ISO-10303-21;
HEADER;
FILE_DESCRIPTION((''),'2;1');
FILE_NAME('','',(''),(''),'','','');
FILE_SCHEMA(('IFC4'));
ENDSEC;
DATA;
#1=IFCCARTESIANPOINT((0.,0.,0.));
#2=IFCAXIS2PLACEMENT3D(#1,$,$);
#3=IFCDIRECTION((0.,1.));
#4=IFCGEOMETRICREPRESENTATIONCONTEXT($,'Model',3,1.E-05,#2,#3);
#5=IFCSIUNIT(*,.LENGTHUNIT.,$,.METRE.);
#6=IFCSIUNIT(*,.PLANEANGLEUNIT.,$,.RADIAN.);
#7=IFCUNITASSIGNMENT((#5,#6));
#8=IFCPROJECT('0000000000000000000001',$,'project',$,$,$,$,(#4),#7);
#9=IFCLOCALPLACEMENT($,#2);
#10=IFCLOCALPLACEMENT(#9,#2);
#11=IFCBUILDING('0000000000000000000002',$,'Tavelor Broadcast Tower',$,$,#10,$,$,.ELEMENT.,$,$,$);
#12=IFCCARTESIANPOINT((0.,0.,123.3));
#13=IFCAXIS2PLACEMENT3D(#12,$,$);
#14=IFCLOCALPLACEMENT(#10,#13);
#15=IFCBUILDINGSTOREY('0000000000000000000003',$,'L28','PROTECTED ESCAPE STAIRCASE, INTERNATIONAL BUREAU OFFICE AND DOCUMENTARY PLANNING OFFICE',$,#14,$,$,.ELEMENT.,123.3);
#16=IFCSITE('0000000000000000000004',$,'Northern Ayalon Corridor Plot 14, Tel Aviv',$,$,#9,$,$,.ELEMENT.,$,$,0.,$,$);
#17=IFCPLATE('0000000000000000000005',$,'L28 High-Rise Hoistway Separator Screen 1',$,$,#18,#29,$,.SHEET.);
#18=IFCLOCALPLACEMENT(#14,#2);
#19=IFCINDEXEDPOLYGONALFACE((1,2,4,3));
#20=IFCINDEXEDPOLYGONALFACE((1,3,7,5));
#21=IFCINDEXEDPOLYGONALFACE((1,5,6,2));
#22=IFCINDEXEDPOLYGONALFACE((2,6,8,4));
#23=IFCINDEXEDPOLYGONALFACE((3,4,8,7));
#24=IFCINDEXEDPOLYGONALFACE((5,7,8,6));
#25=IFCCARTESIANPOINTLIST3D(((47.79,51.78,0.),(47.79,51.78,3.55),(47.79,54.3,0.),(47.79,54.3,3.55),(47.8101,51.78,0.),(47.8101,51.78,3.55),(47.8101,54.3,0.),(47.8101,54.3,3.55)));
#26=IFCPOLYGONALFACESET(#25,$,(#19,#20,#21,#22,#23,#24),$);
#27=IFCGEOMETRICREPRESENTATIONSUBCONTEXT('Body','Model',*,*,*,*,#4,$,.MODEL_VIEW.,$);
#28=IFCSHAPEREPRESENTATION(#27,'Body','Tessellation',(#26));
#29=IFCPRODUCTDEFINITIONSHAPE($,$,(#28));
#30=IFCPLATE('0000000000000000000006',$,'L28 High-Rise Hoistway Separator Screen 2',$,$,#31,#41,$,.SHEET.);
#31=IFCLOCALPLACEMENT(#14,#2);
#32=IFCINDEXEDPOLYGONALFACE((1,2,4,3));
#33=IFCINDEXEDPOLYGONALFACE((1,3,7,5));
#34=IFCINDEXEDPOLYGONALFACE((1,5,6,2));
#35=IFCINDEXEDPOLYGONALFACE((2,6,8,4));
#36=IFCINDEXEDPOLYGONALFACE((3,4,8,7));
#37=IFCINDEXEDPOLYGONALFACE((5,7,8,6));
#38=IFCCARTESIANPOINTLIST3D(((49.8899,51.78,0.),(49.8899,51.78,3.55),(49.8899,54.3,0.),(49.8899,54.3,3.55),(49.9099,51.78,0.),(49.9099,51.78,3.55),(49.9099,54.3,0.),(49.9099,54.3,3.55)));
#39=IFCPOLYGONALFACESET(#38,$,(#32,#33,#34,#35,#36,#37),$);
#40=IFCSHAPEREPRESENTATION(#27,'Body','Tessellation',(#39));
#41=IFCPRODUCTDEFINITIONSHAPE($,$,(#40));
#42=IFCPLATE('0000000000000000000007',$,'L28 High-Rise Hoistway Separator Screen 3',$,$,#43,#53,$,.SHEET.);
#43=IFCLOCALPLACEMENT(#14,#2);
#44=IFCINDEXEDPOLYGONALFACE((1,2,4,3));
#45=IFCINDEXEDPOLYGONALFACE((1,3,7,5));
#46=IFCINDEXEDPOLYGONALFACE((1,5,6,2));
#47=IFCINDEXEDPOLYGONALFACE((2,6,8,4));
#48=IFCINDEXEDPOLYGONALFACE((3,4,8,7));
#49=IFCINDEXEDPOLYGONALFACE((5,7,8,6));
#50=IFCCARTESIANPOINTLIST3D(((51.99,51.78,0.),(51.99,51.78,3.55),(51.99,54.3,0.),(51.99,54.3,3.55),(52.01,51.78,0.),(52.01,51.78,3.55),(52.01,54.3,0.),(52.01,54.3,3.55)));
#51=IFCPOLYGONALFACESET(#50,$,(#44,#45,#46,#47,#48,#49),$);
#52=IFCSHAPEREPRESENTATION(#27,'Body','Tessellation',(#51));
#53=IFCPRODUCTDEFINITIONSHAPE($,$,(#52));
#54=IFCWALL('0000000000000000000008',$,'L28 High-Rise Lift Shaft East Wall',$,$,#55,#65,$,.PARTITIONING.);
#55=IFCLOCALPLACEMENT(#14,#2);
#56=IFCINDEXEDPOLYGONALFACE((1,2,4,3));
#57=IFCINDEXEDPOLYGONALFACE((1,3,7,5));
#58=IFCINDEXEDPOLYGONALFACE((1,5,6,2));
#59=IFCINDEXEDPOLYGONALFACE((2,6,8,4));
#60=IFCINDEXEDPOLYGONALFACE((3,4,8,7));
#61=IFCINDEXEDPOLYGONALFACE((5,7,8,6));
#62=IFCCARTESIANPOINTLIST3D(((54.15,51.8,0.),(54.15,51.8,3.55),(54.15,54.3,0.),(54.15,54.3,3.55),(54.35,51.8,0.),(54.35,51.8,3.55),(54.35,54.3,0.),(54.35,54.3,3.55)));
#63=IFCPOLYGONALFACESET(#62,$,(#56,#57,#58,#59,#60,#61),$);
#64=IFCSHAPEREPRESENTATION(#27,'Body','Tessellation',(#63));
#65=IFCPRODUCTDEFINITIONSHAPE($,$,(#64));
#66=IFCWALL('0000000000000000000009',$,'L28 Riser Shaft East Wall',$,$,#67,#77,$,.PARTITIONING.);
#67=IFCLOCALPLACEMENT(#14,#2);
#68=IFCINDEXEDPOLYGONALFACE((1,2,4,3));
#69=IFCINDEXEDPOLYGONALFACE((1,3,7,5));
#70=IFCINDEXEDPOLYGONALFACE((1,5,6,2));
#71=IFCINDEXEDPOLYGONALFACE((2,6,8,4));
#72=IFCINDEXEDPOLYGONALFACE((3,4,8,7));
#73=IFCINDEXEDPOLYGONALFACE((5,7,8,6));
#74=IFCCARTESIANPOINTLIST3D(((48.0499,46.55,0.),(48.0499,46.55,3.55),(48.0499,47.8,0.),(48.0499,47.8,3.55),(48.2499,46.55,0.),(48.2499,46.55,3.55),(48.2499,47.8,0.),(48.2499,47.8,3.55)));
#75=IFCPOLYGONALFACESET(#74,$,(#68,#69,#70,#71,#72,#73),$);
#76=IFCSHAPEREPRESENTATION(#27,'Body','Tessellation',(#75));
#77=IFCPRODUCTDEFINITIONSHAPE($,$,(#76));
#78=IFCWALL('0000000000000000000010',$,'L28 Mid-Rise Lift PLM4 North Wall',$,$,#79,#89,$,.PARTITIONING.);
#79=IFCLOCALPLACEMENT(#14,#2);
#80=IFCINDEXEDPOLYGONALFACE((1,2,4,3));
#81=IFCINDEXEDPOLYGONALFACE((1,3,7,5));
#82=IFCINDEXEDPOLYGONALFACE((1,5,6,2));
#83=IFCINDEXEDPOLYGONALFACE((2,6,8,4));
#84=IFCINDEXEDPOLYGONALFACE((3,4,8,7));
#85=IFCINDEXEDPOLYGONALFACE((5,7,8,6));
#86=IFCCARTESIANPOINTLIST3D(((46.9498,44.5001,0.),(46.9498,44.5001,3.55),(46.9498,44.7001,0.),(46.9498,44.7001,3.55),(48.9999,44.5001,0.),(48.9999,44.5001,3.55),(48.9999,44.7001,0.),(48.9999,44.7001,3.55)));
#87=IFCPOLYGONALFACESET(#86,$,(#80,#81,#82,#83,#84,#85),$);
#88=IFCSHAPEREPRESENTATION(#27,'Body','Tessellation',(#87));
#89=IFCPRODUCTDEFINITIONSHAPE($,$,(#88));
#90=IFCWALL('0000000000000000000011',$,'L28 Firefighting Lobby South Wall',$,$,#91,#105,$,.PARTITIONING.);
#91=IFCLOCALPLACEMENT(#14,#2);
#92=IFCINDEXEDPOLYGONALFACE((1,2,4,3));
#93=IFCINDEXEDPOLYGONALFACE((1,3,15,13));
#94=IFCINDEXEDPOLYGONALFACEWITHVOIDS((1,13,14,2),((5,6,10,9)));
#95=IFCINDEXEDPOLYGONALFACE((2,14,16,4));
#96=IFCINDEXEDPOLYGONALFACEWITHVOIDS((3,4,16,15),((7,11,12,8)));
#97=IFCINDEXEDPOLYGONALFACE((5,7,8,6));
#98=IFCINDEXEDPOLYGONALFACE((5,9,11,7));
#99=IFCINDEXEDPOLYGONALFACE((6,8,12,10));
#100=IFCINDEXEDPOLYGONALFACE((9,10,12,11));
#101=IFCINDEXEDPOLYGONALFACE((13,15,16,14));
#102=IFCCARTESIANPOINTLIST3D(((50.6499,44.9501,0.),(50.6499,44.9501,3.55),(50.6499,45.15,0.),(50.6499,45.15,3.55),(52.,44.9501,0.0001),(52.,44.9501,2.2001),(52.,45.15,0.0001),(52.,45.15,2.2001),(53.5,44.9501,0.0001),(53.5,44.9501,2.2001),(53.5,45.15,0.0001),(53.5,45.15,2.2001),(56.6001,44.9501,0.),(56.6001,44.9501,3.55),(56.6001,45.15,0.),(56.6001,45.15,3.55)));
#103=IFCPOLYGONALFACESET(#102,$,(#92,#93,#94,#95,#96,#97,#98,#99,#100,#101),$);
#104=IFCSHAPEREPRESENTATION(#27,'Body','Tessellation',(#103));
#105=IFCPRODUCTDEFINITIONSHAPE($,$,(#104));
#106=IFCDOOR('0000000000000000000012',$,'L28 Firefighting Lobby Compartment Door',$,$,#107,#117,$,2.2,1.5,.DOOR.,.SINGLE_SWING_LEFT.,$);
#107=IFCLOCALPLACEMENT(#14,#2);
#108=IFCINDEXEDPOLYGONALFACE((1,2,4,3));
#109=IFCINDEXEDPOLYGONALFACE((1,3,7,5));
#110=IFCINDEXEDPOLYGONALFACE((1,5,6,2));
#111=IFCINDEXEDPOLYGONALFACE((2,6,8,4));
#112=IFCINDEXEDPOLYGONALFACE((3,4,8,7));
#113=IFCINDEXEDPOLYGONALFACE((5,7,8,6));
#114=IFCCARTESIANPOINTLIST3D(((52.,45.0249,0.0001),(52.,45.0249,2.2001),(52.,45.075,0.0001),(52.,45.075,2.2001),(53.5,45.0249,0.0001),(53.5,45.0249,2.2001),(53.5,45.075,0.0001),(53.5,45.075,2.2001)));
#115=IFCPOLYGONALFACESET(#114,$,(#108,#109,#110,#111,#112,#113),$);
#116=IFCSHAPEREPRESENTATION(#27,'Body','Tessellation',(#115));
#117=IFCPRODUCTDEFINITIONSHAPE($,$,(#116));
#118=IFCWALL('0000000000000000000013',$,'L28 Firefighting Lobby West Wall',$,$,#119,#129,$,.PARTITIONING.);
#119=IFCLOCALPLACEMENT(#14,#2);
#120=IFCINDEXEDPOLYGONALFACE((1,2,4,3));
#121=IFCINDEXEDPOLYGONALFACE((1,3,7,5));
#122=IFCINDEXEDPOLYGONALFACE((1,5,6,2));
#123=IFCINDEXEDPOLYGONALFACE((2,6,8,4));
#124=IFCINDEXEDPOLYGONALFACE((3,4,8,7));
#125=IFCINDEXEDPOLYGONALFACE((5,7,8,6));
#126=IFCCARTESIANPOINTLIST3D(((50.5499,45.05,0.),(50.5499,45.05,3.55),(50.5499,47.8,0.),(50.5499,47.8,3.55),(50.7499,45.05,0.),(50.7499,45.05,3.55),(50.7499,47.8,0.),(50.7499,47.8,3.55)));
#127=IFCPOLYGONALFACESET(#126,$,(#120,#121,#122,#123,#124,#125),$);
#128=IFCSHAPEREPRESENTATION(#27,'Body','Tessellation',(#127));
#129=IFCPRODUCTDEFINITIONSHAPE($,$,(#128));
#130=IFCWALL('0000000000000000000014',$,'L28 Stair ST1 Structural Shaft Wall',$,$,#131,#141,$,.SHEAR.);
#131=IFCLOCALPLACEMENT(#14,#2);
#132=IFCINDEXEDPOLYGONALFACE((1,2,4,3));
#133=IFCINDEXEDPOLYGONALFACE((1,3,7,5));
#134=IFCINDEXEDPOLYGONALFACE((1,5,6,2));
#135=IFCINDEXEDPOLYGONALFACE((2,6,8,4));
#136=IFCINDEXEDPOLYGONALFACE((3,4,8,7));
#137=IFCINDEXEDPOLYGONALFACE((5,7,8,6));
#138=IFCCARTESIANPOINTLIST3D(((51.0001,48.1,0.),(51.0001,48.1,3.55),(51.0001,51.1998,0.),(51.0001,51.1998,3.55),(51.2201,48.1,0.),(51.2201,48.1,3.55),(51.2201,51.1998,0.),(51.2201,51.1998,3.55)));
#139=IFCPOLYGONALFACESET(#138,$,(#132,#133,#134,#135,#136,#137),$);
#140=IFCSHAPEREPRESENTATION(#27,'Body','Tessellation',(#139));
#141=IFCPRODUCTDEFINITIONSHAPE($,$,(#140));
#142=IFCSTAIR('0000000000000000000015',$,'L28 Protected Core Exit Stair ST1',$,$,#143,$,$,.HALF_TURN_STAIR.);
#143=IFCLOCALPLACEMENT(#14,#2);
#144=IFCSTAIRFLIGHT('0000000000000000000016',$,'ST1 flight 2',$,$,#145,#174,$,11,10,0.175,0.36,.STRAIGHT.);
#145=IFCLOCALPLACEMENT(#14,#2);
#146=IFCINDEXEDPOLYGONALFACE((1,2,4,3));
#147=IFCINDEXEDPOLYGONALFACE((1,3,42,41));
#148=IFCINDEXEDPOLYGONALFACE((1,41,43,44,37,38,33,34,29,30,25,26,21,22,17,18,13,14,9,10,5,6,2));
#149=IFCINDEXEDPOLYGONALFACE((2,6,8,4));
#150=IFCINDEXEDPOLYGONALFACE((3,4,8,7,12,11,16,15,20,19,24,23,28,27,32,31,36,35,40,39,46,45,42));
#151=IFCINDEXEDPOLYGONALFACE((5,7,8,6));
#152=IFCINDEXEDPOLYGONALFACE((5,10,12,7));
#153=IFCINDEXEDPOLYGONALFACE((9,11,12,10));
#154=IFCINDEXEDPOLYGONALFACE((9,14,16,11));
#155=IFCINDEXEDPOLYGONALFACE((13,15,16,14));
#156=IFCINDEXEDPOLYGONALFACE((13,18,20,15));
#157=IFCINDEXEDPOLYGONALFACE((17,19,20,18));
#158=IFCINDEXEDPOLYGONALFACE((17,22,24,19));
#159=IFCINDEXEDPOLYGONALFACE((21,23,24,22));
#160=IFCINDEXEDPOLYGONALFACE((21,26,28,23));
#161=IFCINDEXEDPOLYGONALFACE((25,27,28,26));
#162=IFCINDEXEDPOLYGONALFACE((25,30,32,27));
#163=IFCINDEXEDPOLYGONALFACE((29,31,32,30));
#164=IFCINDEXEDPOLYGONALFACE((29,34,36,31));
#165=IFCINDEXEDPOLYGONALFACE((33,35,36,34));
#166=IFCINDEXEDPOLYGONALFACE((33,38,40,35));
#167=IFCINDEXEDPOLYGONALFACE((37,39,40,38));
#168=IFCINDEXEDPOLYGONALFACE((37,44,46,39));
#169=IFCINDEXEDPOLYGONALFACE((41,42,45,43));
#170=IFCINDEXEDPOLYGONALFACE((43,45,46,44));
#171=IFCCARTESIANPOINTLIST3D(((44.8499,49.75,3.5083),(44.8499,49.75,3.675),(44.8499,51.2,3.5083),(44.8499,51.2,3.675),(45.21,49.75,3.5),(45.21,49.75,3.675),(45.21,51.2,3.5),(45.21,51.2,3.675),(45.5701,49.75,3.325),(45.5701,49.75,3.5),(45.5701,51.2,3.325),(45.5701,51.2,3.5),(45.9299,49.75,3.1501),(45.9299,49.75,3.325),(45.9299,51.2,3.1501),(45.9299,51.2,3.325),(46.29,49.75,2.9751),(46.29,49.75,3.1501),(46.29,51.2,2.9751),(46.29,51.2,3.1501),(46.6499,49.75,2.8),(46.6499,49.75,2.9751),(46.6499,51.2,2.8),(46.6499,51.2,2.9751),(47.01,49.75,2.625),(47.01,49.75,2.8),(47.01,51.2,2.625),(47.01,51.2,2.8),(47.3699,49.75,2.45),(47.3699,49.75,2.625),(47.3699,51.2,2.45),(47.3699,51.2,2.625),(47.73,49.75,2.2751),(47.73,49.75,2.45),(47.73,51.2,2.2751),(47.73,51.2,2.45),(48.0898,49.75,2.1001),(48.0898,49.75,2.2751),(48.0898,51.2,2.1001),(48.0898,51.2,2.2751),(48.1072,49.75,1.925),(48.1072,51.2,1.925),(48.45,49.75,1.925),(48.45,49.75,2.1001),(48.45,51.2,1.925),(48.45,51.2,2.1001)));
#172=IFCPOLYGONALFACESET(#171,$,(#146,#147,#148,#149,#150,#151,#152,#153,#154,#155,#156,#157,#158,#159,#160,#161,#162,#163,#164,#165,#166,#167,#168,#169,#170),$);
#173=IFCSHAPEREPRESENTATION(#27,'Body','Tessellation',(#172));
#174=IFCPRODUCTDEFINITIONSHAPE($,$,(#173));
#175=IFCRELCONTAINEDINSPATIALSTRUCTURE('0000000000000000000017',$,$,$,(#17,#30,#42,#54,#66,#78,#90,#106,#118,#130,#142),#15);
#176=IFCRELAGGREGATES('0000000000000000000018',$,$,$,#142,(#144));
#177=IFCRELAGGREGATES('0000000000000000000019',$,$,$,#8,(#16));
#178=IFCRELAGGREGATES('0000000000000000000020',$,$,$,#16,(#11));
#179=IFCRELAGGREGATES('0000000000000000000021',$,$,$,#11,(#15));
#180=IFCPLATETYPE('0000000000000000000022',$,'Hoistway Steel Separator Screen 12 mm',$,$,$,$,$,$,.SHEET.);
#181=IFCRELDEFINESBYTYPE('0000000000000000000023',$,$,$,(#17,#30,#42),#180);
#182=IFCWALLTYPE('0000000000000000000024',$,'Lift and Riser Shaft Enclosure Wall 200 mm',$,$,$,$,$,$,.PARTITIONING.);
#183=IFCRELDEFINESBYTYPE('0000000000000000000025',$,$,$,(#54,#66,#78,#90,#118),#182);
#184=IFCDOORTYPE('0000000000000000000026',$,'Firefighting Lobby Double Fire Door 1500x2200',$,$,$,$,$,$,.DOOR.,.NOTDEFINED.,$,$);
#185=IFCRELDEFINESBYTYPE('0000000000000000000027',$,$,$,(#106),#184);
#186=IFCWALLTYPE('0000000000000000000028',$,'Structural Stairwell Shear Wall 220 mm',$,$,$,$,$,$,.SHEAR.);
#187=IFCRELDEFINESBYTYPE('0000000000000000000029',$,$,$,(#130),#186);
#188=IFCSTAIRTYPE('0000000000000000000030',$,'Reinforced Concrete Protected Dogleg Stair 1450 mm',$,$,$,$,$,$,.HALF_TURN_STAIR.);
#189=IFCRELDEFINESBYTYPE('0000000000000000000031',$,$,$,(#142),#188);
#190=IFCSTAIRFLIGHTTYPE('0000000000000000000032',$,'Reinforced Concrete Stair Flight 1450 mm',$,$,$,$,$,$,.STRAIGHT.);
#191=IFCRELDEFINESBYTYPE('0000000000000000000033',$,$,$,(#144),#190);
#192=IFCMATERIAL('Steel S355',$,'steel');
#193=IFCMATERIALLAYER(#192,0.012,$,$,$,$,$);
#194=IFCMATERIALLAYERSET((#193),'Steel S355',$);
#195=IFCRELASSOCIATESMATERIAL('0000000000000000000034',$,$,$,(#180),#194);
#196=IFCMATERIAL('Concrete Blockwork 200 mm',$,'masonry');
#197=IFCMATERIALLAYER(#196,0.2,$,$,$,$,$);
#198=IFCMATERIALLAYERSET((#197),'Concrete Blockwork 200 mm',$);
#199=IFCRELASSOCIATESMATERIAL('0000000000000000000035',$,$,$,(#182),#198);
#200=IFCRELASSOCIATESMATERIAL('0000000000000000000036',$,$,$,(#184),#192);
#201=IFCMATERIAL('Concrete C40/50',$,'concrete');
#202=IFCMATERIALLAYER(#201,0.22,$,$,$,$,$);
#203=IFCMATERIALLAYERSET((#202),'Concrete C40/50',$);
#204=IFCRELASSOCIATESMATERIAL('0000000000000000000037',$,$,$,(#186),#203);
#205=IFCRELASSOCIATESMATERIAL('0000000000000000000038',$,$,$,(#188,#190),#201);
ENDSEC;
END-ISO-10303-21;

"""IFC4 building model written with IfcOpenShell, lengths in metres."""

from ifc_helpers import new_model, si_unit, direction, frame, frame_2d, origin, origin_2d, place, context, subcontext, project, spatial, polyline, rectangle, outline, extrude, source, transform, mapped, material, layer, layer_set, type_object, type_shapes, element, fill, aggregate, save


model = new_model("IFC4")

# Units and contexts
model_context = context("Model", 3, precision=1e-05, world=origin(), true_north=direction((0.0, 1.0)))
body_context = subcontext(model_context, "Body", "Model", "MODEL_VIEW")
ifc_project = project(units=[si_unit("LENGTHUNIT", "METRE"), si_unit("PLANEANGLEUNIT", "RADIAN")], contexts=[model_context])

# Site, building, storey
site_placement = place(None, origin())
site = spatial("IfcSite", under=ifc_project, at=site_placement, Name="Northern Ayalon Corridor Plot 14, Tel Aviv", CompositionType="ELEMENT", RefElevation=0.0)
building_placement = place(site_placement, origin())
building = spatial("IfcBuilding", under=site, at=building_placement, Name="Tavelor Broadcast Tower", CompositionType="ELEMENT")
storey_placement = place(building_placement, frame((0.0, 0.0, 123.3)))
storey = spatial("IfcBuildingStorey", under=building, at=storey_placement, Name="L28", Description="PROTECTED ESCAPE STAIRCASE, INTERNATIONAL BUREAU OFFICE AND DOCUMENTARY PLANNING OFFICE", CompositionType="ELEMENT", Elevation=123.3)

# Shared definitions
ifc_material_1 = material(Name="Concrete C40/50", Category="concrete")
ifc_material_2 = material(Name="Steel S355", Category="steel")

# Plates
ifc_layer_1 = layer(ifc_material_2, 0.012)
ifc_layer_set_1 = layer_set([ifc_layer_1], Name="Steel S355")
plate_type = type_object("IfcPlateType", Name="Hoistway Steel Separator Screen 12 mm", PredefinedType="SHEET", material=ifc_layer_set_1)
shared_shape = source(origin(), body_context, "Body", "SweptSolid", [
    extrude(rectangle(XDim=0.02, YDim=2.52, at=origin_2d()), origin(), (0.0, 0.0, 1.0), 3.55),
])
type_shapes(plate_type, [shared_shape])
for number, where, z_axis, x_axis, name in (
    (1, (47.8, 53.04, 0.0), (0.0, 0.0, 1.0), (1.0, 0.0, 0.0), "L28 High-Rise Hoistway Separator Screen 1"),
    (2, (49.8999, 53.04, 0.0), (0.0, 0.0, 1.0), (1.0, 0.0, 0.0), "L28 High-Rise Hoistway Separator Screen 2"),
    (3, (52.0, 53.04, 0.0), (0.0, 0.0, 1.0), (1.0, 0.0, 0.0), "L28 High-Rise Hoistway Separator Screen 3"),
):
    element("IfcPlate", number, at=place(storey_placement, frame(where, z_axis=z_axis, x_axis=x_axis)), inside=storey, type_object=plate_type, Name=name, PredefinedType="SHEET", context=body_context, shape_type="MappedRepresentation", body=[
        mapped(shared_shape, transform((0.0, 0.0, 0.0), scale=1.0)),
    ])

# Walls
ifc_material_3 = material(Name="Concrete Blockwork 200 mm", Category="masonry")
ifc_layer_2 = layer(ifc_material_3, 0.2)
ifc_layer_set_2 = layer_set([ifc_layer_2], Name="Concrete Blockwork 200 mm")
wall_type_1 = type_object("IfcWallType", Name="Lift and Riser Shaft Enclosure Wall 200 mm", PredefinedType="PARTITIONING", material=ifc_layer_set_2)
wall_1_placement = place(storey_placement, frame((54.25, 51.8, 0.0), z_axis=(0.0, 0.0, 1.0), x_axis=(0.0, 1.0, 0.0)))
element("IfcWall", 4, at=wall_1_placement, inside=storey, type_object=wall_type_1, Name="L28 High-Rise Lift Shaft East Wall", PredefinedType="PARTITIONING", context=body_context, shape_type="SweptSolid", body=[
    extrude(rectangle(XDim=2.5, YDim=0.2, at=frame_2d((1.25, 0.0))), origin(), (0.0, 0.0, 1.0), 3.55),
])
wall_2_placement = place(storey_placement, frame((48.1499, 46.55, 0.0), z_axis=(0.0, 0.0, 1.0), x_axis=(0.0, 1.0, 0.0)))
element("IfcWall", 5, at=wall_2_placement, inside=storey, type_object=wall_type_1, Name="L28 Riser Shaft East Wall", PredefinedType="PARTITIONING", context=body_context, shape_type="SweptSolid", body=[
    extrude(rectangle(XDim=1.25, YDim=0.2, at=frame_2d((0.625, 0.0))), origin(), (0.0, 0.0, 1.0), 3.55),
])
wall_3_placement = place(storey_placement, frame((46.95, 44.6001, 0.0), z_axis=(0.0, 0.0, 1.0), x_axis=(1.0, 0.0, 0.0)))
element("IfcWall", 6, at=wall_3_placement, inside=storey, type_object=wall_type_1, Name="L28 Mid-Rise Lift PLM4 North Wall", PredefinedType="PARTITIONING", context=body_context, shape_type="SweptSolid", body=[
    extrude(rectangle(XDim=2.05, YDim=0.2, at=frame_2d((1.0249, 0.0))), origin(), (0.0, 0.0, 1.0), 3.55),
])

# Wall, opening, door
wall_4_placement = place(storey_placement, frame((50.6499, 45.05, 0.0), z_axis=(0.0, 0.0, 1.0), x_axis=(1.0, 0.0, 0.0)))
wall_4 = element("IfcWall", 7, at=wall_4_placement, inside=storey, type_object=wall_type_1, Name="L28 Firefighting Lobby South Wall", PredefinedType="PARTITIONING", context=body_context, shape_type="SweptSolid", body=[
    extrude(rectangle(XDim=5.9502, YDim=0.2, at=frame_2d((2.9751, 0.0))), origin(), (0.0, 0.0, 1.0), 3.55),
])
opening_placement = place(wall_4_placement, frame((1.3501, 0.0, 0.0)))
opening = element("IfcOpeningElement", 8, at=opening_placement, cuts=wall_4, PredefinedType="OPENING", context=body_context, shape_type="SweptSolid", body=[
    extrude(rectangle(XDim=1.5, YDim=2.2, at=frame_2d((0.75, 1.1001))), frame((0.0, 0.1099, 0.0), z_axis=(0.0, -1.0, 0.0), x_axis=(1.0, 0.0, 0.0)), (0.0, 0.0, 1.0), 0.22),
])
door_type = type_object("IfcDoorType", Name="Firefighting Lobby Double Fire Door 1500x2200", OperationType="NOTDEFINED", PredefinedType="DOOR", material=ifc_material_2)
door_placement = place(opening_placement, origin())
door = element("IfcDoor", 9, at=door_placement, inside=storey, type_object=door_type, Name="L28 Firefighting Lobby Compartment Door", OperationType="SINGLE_SWING_LEFT", OverallHeight=2.2, OverallWidth=1.5, PredefinedType="DOOR", context=body_context, shape_type="SweptSolid", body=[
    extrude(rectangle(XDim=1.5, YDim=2.2, at=frame_2d((0.75, 1.1001))), frame((0.0, 0.0249, 0.0), z_axis=(0.0, -1.0, 0.0), x_axis=(1.0, 0.0, 0.0)), (0.0, 0.0, 1.0), 0.05),
])
fill(opening, door)

# Walls
wall_5_placement = place(storey_placement, frame((50.6499, 45.05, 0.0), z_axis=(0.0, 0.0, 1.0), x_axis=(0.0, 1.0, 0.0)))
element("IfcWall", 10, at=wall_5_placement, inside=storey, type_object=wall_type_1, Name="L28 Firefighting Lobby West Wall", PredefinedType="PARTITIONING", context=body_context, shape_type="SweptSolid", body=[
    extrude(rectangle(XDim=2.75, YDim=0.2, at=frame_2d((1.375, 0.0))), origin(), (0.0, 0.0, 1.0), 3.55),
])
ifc_layer_3 = layer(ifc_material_1, 0.22)
ifc_layer_set_3 = layer_set([ifc_layer_3], Name="Concrete C40/50")
wall_type_2 = type_object("IfcWallType", Name="Structural Stairwell Shear Wall 220 mm", PredefinedType="SHEAR", material=ifc_layer_set_3)
wall_6_placement = place(storey_placement, frame((51.1101, 48.1001, 0.0), z_axis=(0.0, 0.0, 1.0), x_axis=(0.0, 1.0, 0.0)))
element("IfcWall", 11, at=wall_6_placement, inside=storey, type_object=wall_type_2, Name="L28 Stair ST1 Structural Shaft Wall", PredefinedType="SHEAR", context=body_context, shape_type="SweptSolid", body=[
    extrude(rectangle(XDim=3.0999, YDim=0.22, at=frame_2d((1.5498, 0.0))), origin(), (0.0, 0.0, 1.0), 3.55),
])

# Stair, stair flight
stair_type = type_object("IfcStairType", Name="Reinforced Concrete Protected Dogleg Stair 1450 mm", PredefinedType="HALF_TURN_STAIR", material=ifc_material_1)
stair_placement = place(storey_placement, origin())
stair = element("IfcStair", 12, at=stair_placement, inside=storey, type_object=stair_type, Name="L28 Protected Core Exit Stair ST1", PredefinedType="HALF_TURN_STAIR")
stair_flight_type = type_object("IfcStairFlightType", Name="Reinforced Concrete Stair Flight 1450 mm", PredefinedType="STRAIGHT", material=ifc_material_1)
stair_flight_placement = place(storey_placement, frame((48.45, 50.4751, 1.925), z_axis=(0.0, 0.0, 1.0), x_axis=(-1.0, 0.0, 0.0)))
stair_flight = element("IfcStairFlight", 13, at=stair_flight_placement, type_object=stair_flight_type, Name="ST1 flight 2", NumberOfRisers=11, NumberOfTreads=10, PredefinedType="STRAIGHT", RiserHeight=0.175, TreadLength=0.36, context=body_context, shape_type="SweptSolid", body=[
    extrude(outline(polyline([(0.0, 0.0), (0.0, 0.175), (0.3601, 0.175), (0.3601, 0.3501), (0.72, 0.3501), (0.72, 0.5249), (1.0801, 0.5249), (1.0801, 0.7), (1.4399, 0.7), (1.4399, 0.875), (1.8, 0.875), (1.8, 1.05), (2.1599, 1.05), (2.1599, 1.2251), (2.52, 1.2251), (2.52, 1.3999), (2.8799, 1.3999), (2.8799, 1.575), (3.24, 1.575), (3.24, 1.75), (3.6001, 1.75), (3.6001, 1.925), (3.6001, 1.5833), (0.3428, 0.0), (0.0, 0.0)])), frame((0.0, 0.7251, 0.0), z_axis=(0.0, -1.0, 0.0), x_axis=(1.0, 0.0, 0.0)), (0.0, 0.0, 1.0), 1.45),
])
aggregate(stair, [stair_flight])

save(model, "model.ifc")
